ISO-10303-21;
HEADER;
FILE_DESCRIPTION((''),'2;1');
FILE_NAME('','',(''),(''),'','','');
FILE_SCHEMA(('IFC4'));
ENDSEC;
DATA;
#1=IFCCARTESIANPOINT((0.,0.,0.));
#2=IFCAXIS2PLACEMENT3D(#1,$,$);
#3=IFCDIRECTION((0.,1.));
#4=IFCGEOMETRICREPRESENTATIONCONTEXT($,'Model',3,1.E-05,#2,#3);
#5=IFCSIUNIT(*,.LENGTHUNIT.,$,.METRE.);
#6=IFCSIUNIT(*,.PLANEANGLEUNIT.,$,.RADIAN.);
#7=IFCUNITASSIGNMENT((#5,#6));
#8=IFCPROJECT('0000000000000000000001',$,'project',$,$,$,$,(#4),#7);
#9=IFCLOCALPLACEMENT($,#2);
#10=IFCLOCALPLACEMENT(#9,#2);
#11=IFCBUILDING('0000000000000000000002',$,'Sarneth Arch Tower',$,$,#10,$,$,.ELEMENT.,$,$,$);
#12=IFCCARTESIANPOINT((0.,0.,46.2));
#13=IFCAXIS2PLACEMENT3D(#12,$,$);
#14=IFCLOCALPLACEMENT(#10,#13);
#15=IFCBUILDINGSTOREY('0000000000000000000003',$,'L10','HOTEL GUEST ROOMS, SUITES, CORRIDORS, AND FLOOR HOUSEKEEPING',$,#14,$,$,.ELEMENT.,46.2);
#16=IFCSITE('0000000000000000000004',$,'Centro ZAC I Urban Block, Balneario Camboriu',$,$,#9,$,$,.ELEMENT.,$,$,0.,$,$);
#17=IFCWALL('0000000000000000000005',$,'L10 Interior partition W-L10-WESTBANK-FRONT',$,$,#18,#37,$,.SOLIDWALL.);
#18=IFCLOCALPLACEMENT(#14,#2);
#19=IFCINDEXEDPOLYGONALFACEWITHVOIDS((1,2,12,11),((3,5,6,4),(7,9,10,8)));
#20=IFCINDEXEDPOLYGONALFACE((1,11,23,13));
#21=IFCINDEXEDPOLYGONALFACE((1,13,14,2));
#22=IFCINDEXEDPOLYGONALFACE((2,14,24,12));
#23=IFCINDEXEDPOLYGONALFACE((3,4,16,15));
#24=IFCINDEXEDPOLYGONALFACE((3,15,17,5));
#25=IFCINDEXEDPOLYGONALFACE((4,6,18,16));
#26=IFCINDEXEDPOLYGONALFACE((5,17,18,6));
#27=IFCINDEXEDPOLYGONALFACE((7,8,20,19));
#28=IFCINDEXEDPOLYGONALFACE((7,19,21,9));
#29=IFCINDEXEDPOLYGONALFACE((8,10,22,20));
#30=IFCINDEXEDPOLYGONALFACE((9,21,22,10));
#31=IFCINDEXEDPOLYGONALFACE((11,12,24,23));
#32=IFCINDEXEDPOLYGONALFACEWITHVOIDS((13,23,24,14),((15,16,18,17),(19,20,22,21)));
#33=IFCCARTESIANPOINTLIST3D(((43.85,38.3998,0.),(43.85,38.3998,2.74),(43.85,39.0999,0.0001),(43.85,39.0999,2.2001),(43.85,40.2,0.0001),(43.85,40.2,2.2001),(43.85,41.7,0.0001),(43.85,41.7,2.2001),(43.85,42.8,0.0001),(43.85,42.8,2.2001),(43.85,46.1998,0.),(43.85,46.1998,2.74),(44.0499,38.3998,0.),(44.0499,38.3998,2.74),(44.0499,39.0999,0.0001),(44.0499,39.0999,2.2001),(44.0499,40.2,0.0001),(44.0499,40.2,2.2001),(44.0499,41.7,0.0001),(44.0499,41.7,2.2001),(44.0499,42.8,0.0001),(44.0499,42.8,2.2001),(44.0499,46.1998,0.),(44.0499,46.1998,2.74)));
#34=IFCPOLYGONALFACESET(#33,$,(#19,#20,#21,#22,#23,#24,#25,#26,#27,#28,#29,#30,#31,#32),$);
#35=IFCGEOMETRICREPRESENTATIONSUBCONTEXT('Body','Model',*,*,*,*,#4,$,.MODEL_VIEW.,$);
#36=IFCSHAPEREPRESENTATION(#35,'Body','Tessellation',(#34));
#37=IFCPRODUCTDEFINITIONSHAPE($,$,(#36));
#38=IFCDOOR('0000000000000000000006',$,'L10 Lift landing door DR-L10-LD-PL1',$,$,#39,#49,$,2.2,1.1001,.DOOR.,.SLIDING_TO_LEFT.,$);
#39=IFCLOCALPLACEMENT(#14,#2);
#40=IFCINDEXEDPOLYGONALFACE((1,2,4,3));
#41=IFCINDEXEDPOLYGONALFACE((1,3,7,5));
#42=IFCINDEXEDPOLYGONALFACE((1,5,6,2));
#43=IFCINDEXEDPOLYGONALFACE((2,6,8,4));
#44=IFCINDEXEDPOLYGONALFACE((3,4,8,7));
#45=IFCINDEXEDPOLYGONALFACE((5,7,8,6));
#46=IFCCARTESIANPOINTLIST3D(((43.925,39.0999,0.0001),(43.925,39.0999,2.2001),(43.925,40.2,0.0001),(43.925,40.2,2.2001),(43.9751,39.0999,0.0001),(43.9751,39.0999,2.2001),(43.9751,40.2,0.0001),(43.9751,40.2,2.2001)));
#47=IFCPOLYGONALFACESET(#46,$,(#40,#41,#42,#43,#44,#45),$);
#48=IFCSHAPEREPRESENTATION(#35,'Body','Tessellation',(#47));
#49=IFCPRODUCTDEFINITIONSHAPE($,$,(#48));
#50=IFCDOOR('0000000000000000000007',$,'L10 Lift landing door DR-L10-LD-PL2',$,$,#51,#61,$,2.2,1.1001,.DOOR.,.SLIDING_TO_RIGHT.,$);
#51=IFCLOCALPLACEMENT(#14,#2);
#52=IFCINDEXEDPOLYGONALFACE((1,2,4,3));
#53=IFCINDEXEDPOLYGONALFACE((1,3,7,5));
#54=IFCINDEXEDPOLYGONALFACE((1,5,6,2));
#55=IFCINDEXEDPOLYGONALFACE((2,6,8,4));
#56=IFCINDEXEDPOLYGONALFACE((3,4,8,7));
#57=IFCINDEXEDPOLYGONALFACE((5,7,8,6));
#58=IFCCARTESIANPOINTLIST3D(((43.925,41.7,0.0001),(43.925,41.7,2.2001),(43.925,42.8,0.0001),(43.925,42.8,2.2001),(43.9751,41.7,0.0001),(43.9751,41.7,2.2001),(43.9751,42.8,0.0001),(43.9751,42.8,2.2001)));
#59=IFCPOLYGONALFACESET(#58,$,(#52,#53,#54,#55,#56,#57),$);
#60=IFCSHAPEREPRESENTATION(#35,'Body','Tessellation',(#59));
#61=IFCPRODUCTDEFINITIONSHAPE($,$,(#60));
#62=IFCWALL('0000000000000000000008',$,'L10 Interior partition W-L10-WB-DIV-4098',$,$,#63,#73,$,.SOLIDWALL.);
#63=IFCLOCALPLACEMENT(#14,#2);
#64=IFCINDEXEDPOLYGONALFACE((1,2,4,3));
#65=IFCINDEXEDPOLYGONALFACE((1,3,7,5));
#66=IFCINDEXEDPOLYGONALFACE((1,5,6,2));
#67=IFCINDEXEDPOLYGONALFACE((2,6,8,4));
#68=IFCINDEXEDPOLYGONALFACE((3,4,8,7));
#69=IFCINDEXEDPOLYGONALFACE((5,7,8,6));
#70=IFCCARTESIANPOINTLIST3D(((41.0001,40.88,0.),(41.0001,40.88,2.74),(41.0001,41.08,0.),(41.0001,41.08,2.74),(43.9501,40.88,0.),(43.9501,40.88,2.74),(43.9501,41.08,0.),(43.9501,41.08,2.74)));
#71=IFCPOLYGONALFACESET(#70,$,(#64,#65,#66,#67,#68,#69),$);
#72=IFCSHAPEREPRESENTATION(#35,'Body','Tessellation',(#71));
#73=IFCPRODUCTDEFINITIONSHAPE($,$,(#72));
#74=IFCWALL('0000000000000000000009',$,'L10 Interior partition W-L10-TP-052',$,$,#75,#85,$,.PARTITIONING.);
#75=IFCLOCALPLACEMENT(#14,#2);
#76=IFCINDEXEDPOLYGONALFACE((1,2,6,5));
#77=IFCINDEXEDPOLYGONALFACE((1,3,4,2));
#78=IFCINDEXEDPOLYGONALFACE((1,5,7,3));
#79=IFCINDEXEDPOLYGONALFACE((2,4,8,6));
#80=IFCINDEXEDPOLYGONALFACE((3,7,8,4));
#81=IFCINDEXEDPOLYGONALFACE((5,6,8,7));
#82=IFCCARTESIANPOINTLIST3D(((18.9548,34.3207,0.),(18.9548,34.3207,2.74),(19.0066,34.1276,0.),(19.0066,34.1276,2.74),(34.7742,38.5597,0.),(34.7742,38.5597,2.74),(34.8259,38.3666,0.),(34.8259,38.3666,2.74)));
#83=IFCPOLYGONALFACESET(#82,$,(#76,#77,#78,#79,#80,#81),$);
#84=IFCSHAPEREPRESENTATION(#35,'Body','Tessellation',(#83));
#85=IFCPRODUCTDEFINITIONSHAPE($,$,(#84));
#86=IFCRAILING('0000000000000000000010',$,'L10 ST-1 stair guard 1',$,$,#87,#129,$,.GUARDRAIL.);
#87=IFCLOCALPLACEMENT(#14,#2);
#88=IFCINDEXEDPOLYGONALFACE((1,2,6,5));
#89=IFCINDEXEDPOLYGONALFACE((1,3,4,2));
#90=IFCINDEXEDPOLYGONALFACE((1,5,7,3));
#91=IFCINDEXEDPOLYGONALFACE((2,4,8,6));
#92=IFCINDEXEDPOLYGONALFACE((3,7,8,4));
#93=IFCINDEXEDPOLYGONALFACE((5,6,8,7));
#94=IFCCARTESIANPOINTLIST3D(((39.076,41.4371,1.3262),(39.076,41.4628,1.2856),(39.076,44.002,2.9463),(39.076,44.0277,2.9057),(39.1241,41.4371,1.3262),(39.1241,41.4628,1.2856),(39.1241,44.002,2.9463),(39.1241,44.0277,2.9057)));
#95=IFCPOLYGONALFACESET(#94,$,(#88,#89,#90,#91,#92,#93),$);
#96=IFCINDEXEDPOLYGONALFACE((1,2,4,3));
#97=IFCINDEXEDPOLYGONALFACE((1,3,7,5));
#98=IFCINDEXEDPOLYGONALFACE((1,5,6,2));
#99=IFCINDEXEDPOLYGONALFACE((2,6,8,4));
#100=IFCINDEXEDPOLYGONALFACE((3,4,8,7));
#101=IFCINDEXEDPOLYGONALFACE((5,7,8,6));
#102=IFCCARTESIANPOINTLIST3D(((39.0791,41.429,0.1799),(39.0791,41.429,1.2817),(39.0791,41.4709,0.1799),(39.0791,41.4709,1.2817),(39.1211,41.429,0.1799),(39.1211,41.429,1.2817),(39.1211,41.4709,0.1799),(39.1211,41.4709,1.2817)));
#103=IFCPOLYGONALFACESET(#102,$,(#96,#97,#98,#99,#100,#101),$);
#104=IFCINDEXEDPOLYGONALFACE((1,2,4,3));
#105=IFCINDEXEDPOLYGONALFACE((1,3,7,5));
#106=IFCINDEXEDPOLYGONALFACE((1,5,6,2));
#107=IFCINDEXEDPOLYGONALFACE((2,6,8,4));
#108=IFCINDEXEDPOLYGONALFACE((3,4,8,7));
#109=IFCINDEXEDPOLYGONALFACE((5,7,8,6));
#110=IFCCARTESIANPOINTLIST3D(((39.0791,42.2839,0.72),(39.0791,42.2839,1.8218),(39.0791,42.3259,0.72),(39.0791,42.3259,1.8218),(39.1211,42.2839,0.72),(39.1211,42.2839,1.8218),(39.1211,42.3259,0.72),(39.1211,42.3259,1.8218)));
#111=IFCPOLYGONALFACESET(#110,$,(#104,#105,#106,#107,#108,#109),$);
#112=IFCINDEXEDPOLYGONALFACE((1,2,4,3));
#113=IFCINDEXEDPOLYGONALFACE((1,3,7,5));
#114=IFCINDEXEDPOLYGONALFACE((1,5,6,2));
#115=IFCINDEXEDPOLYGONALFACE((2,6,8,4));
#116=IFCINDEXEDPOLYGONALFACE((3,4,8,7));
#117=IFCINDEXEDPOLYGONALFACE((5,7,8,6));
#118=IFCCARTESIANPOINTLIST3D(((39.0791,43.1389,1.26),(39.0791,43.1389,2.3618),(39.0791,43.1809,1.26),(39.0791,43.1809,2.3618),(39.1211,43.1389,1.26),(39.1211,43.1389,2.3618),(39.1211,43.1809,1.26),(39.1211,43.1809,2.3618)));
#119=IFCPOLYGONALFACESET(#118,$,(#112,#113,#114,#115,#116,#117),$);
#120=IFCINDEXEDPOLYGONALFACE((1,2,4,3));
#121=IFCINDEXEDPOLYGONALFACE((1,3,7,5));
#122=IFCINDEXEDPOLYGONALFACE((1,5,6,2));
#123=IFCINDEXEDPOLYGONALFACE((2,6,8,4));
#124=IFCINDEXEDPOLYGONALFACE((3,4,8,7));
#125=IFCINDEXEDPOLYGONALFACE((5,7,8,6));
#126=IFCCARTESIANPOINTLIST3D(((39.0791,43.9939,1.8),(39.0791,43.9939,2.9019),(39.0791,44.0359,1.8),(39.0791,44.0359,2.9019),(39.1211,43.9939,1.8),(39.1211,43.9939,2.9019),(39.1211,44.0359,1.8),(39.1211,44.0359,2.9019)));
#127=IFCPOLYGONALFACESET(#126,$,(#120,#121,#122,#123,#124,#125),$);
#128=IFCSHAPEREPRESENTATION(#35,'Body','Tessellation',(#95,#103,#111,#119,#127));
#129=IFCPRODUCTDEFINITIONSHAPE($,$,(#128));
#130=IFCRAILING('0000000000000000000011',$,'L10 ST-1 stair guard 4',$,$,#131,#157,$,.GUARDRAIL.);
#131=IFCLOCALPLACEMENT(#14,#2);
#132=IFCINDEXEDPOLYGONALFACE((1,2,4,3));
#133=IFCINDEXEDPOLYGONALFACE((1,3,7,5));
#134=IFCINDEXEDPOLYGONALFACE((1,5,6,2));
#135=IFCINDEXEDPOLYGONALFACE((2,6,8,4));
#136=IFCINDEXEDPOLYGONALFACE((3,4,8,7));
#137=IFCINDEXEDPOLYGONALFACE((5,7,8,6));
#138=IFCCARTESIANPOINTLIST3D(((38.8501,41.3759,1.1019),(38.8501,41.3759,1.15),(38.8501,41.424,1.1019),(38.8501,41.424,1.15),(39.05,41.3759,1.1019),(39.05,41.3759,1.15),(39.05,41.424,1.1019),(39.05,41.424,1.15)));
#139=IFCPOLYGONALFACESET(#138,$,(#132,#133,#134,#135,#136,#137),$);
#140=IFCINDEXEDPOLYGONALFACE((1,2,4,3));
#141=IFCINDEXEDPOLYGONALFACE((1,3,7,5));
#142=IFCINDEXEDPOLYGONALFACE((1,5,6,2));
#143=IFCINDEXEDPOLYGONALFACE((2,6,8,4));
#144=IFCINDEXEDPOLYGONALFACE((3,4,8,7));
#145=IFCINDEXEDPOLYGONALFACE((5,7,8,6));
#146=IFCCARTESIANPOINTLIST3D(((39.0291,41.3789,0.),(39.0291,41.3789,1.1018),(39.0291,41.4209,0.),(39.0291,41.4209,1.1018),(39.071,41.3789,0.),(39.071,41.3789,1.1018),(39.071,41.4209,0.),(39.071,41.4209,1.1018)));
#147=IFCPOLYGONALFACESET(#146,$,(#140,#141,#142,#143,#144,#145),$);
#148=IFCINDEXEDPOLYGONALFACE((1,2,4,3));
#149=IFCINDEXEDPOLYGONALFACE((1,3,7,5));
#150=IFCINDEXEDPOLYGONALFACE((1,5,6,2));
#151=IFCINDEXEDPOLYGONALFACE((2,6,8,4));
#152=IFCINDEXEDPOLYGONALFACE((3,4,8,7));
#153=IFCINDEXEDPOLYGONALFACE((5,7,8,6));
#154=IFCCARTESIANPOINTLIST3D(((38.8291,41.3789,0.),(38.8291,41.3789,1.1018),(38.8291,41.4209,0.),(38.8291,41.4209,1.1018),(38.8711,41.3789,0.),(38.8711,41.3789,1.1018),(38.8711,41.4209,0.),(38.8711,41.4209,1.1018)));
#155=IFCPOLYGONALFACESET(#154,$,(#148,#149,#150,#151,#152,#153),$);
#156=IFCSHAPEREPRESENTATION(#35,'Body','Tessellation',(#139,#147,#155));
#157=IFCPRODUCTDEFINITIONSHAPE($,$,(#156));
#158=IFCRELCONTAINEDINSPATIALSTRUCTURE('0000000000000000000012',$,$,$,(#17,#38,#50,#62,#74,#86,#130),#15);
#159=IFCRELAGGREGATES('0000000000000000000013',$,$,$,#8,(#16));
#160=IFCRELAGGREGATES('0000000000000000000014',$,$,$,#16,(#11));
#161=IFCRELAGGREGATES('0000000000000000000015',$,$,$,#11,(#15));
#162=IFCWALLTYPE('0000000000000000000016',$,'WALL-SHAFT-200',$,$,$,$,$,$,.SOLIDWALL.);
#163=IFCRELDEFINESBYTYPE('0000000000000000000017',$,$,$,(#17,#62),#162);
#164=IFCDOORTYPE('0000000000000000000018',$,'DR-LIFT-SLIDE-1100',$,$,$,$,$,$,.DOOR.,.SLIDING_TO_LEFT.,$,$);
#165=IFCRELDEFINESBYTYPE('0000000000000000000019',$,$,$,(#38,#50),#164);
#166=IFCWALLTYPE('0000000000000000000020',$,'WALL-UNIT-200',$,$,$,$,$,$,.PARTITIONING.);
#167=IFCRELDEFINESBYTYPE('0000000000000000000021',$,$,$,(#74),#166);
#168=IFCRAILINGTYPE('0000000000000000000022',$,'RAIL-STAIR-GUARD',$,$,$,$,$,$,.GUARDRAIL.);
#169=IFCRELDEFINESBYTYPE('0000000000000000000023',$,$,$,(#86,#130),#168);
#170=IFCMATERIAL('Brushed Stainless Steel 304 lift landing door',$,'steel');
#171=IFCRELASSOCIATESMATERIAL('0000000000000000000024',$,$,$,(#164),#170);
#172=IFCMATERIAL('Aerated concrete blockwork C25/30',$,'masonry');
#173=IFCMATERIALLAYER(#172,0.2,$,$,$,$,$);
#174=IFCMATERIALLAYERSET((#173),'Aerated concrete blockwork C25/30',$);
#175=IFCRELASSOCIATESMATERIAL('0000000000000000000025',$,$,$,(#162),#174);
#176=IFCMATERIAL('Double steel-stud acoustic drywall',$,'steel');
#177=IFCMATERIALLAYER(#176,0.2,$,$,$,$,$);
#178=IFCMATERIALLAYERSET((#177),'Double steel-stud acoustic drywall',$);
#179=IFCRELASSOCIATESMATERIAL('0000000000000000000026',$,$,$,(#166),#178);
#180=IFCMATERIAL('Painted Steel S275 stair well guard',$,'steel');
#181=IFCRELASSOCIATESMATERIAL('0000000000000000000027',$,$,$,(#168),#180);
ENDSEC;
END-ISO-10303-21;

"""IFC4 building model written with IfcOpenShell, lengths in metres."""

from ifc_helpers import new_model, si_unit, direction, frame, frame_2d, origin, origin_2d, place, context, subcontext, project, spatial, rectangle, extrude, material, layer, layer_set, type_object, element, fill, save


model = new_model("IFC4")

# Units and contexts
model_context = context("Model", 3, precision=1e-05, world=origin(), true_north=direction((0.0, 1.0)))
body_context = subcontext(model_context, "Body", "Model", "MODEL_VIEW")
ifc_project = project(units=[si_unit("LENGTHUNIT", "METRE"), si_unit("PLANEANGLEUNIT", "RADIAN")], contexts=[model_context])

# Site, building, storey
site_placement = place(None, origin())
site = spatial("IfcSite", under=ifc_project, at=site_placement, Name="Centro ZAC I Urban Block, Balneario Camboriu", CompositionType="ELEMENT", RefElevation=0.0)
building_placement = place(site_placement, origin())
building = spatial("IfcBuilding", under=site, at=building_placement, Name="Sarneth Arch Tower", CompositionType="ELEMENT")
storey_placement = place(building_placement, frame((0.0, 0.0, 46.2)))
storey = spatial("IfcBuildingStorey", under=building, at=storey_placement, Name="L10", Description="HOTEL GUEST ROOMS, SUITES, CORRIDORS, AND FLOOR HOUSEKEEPING", CompositionType="ELEMENT", Elevation=46.2)

# Shared definitions
ifc_material_1 = material(Name="Brushed Stainless Steel 304 lift landing door", Category="steel")
door_type_1 = type_object("IfcDoorType", Name="DR-LIFT-SLIDE-1100", OperationType="SLIDING_TO_LEFT", PredefinedType="DOOR", material=ifc_material_1)

# Shared definitions
ifc_material_2 = material(Name="Aerated concrete blockwork C25/30", Category="masonry")
ifc_layer_1 = layer(ifc_material_2, 0.2)
ifc_layer_set_1 = layer_set([ifc_layer_1], Name="Aerated concrete blockwork C25/30")
wall_type_1 = type_object("IfcWallType", Name="WALL-SHAFT-200", PredefinedType="SOLIDWALL", material=ifc_layer_set_1)

# Wall, openings, doors
wall_1_placement = place(storey_placement, frame((43.95, 38.3999, 0.0), z_axis=(0.0, 0.0, 1.0), x_axis=(0.0, 1.0, 0.0)))
wall_1 = element("IfcWall", 1, at=wall_1_placement, inside=storey, type_object=wall_type_1, Name="L10 Interior partition W-L10-WESTBANK-FRONT", PredefinedType="SOLIDWALL", context=body_context, shape_type="SweptSolid", body=[
    extrude(rectangle(XDim=7.8, YDim=0.2, at=frame_2d((3.8999, 0.0))), origin(), (0.0, 0.0, 1.0), 2.74),
])
opening_1_placement = place(wall_1_placement, frame((0.7, 0.0, 0.0)))
opening_1 = element("IfcOpeningElement", 2, at=opening_1_placement, cuts=wall_1, PredefinedType="OPENING", context=body_context, shape_type="SweptSolid", body=[
    extrude(rectangle(XDim=1.1001, YDim=2.2, at=frame_2d((0.55, 1.1001))), frame((0.0, 0.1099, 0.0), z_axis=(0.0, -1.0, 0.0), x_axis=(1.0, 0.0, 0.0)), (0.0, 0.0, 1.0), 0.22),
])
opening_2_placement = place(wall_1_placement, frame((3.3, 0.0, 0.0)))
opening_2 = element("IfcOpeningElement", 3, at=opening_2_placement, cuts=wall_1, PredefinedType="OPENING", context=body_context, shape_type="SweptSolid", body=[
    extrude(rectangle(XDim=1.1001, YDim=2.2, at=frame_2d((0.55, 1.1001))), frame((0.0, 0.1099, 0.0), z_axis=(0.0, -1.0, 0.0), x_axis=(1.0, 0.0, 0.0)), (0.0, 0.0, 1.0), 0.22),
])
door_1_placement = place(opening_1_placement, origin())
door_1 = element("IfcDoor", 4, at=door_1_placement, inside=storey, type_object=door_type_1, Name="L10 Lift landing door DR-L10-LD-PL1", OperationType="SLIDING_TO_LEFT", OverallHeight=2.2, OverallWidth=1.1001, PredefinedType="DOOR", context=body_context, shape_type="SweptSolid", body=[
    extrude(rectangle(XDim=1.1001, YDim=2.2, at=frame_2d((0.55, 1.1001))), frame((0.0, 0.0249, 0.0), z_axis=(0.0, -1.0, 0.0), x_axis=(1.0, 0.0, 0.0)), (0.0, 0.0, 1.0), 0.05),
])
fill(opening_1, door_1)
door_2_placement = place(opening_2_placement, origin())
door_2 = element("IfcDoor", 5, at=door_2_placement, inside=storey, type_object=door_type_1, Name="L10 Lift landing door DR-L10-LD-PL2", OperationType="SLIDING_TO_RIGHT", OverallHeight=2.2, OverallWidth=1.1001, PredefinedType="DOOR", context=body_context, shape_type="SweptSolid", body=[
    extrude(rectangle(XDim=1.1001, YDim=2.2, at=frame_2d((0.55, 1.1001))), frame((0.0, 0.0249, 0.0), z_axis=(0.0, -1.0, 0.0), x_axis=(1.0, 0.0, 0.0)), (0.0, 0.0, 1.0), 0.05),
])
fill(opening_2, door_2)

# Walls
wall_2_placement = place(storey_placement, frame((41.0, 40.98, 0.0), z_axis=(0.0, 0.0, 1.0), x_axis=(1.0, 0.0, 0.0)))
element("IfcWall", 6, at=wall_2_placement, inside=storey, type_object=wall_type_1, Name="L10 Interior partition W-L10-WB-DIV-4098", PredefinedType="SOLIDWALL", context=body_context, shape_type="SweptSolid", body=[
    extrude(rectangle(XDim=2.95, YDim=0.2, at=frame_2d((1.4751, 0.0))), origin(), (0.0, 0.0, 1.0), 2.74),
])
ifc_material_3 = material(Name="Double steel-stud acoustic drywall", Category="steel")
ifc_layer_2 = layer(ifc_material_3, 0.2)
ifc_layer_set_2 = layer_set([ifc_layer_2], Name="Double steel-stud acoustic drywall")
wall_type_2 = type_object("IfcWallType", Name="WALL-UNIT-200", PredefinedType="PARTITIONING", material=ifc_layer_set_2)
wall_3_placement = place(storey_placement, frame((34.8, 38.4631, 0.0), z_axis=(0.0, 0.0, 1.0), x_axis=(-0.965922, -0.258832, 0.0)))
element("IfcWall", 7, at=wall_3_placement, inside=storey, type_object=wall_type_2, Name="L10 Interior partition W-L10-TP-052", PredefinedType="PARTITIONING", context=body_context, shape_type="SweptSolid", body=[
    extrude(rectangle(XDim=16.3774, YDim=0.2, at=frame_2d((8.1887, 0.0))), origin(), (0.0, 0.0, 1.0), 2.74),
])

# Railings
ifc_material_4 = material(Name="Painted Steel S275 stair well guard", Category="steel")
railing_type = type_object("IfcRailingType", Name="RAIL-STAIR-GUARD", PredefinedType="GUARDRAIL", material=ifc_material_4)
railing_1_placement = place(storey_placement, frame((39.1001, 41.45, 0.1799)))
element("IfcRailing", 8, at=railing_1_placement, inside=storey, type_object=railing_type, Name="L10 ST-1 stair guard 1", PredefinedType="GUARDRAIL", context=body_context, shape_type="SweptSolid", body=[
    extrude(rectangle(XDim=0.0481, YDim=0.0481, at=origin_2d()), frame((0.0, 0.0, 1.126), z_axis=(0.0, 0.845466, 0.534029), x_axis=(-1.0, 0.0, 0.0)), (0.0, 0.0, 1.0), 3.0337),
    extrude(rectangle(XDim=0.042, YDim=0.042, at=origin_2d()), origin(), (0.0, 0.0, 1.0), 1.1018),
    extrude(rectangle(XDim=0.042, YDim=0.042, at=origin_2d()), frame((0.0, 0.855, 0.54)), (0.0, 0.0, 1.0), 1.1018),
    extrude(rectangle(XDim=0.042, YDim=0.042, at=origin_2d()), frame((0.0, 1.71, 1.0801)), (0.0, 0.0, 1.0), 1.1018),
    extrude(rectangle(XDim=0.042, YDim=0.042, at=origin_2d()), frame((0.0, 2.5649, 1.6201)), (0.0, 0.0, 1.0), 1.1018),
])
railing_2_placement = place(storey_placement, frame((39.05, 41.3999, 0.0)))
element("IfcRailing", 9, at=railing_2_placement, inside=storey, type_object=railing_type, Name="L10 ST-1 stair guard 4", PredefinedType="GUARDRAIL", context=body_context, shape_type="SweptSolid", body=[
    extrude(rectangle(XDim=0.0481, YDim=0.0481, at=origin_2d()), frame((0.0, 0.0, 1.126), z_axis=(-1.0, 0.0, 0.0), x_axis=(0.0, -1.0, 0.0)), (0.0, 0.0, 1.0), 0.2),
    extrude(rectangle(XDim=0.042, YDim=0.042, at=origin_2d()), origin(), (0.0, 0.0, 1.0), 1.1018),
    extrude(rectangle(XDim=0.042, YDim=0.042, at=origin_2d()), frame((-0.2, 0.0, 0.0)), (0.0, 0.0, 1.0), 1.1018),
])

save(model, "model.ifc")
